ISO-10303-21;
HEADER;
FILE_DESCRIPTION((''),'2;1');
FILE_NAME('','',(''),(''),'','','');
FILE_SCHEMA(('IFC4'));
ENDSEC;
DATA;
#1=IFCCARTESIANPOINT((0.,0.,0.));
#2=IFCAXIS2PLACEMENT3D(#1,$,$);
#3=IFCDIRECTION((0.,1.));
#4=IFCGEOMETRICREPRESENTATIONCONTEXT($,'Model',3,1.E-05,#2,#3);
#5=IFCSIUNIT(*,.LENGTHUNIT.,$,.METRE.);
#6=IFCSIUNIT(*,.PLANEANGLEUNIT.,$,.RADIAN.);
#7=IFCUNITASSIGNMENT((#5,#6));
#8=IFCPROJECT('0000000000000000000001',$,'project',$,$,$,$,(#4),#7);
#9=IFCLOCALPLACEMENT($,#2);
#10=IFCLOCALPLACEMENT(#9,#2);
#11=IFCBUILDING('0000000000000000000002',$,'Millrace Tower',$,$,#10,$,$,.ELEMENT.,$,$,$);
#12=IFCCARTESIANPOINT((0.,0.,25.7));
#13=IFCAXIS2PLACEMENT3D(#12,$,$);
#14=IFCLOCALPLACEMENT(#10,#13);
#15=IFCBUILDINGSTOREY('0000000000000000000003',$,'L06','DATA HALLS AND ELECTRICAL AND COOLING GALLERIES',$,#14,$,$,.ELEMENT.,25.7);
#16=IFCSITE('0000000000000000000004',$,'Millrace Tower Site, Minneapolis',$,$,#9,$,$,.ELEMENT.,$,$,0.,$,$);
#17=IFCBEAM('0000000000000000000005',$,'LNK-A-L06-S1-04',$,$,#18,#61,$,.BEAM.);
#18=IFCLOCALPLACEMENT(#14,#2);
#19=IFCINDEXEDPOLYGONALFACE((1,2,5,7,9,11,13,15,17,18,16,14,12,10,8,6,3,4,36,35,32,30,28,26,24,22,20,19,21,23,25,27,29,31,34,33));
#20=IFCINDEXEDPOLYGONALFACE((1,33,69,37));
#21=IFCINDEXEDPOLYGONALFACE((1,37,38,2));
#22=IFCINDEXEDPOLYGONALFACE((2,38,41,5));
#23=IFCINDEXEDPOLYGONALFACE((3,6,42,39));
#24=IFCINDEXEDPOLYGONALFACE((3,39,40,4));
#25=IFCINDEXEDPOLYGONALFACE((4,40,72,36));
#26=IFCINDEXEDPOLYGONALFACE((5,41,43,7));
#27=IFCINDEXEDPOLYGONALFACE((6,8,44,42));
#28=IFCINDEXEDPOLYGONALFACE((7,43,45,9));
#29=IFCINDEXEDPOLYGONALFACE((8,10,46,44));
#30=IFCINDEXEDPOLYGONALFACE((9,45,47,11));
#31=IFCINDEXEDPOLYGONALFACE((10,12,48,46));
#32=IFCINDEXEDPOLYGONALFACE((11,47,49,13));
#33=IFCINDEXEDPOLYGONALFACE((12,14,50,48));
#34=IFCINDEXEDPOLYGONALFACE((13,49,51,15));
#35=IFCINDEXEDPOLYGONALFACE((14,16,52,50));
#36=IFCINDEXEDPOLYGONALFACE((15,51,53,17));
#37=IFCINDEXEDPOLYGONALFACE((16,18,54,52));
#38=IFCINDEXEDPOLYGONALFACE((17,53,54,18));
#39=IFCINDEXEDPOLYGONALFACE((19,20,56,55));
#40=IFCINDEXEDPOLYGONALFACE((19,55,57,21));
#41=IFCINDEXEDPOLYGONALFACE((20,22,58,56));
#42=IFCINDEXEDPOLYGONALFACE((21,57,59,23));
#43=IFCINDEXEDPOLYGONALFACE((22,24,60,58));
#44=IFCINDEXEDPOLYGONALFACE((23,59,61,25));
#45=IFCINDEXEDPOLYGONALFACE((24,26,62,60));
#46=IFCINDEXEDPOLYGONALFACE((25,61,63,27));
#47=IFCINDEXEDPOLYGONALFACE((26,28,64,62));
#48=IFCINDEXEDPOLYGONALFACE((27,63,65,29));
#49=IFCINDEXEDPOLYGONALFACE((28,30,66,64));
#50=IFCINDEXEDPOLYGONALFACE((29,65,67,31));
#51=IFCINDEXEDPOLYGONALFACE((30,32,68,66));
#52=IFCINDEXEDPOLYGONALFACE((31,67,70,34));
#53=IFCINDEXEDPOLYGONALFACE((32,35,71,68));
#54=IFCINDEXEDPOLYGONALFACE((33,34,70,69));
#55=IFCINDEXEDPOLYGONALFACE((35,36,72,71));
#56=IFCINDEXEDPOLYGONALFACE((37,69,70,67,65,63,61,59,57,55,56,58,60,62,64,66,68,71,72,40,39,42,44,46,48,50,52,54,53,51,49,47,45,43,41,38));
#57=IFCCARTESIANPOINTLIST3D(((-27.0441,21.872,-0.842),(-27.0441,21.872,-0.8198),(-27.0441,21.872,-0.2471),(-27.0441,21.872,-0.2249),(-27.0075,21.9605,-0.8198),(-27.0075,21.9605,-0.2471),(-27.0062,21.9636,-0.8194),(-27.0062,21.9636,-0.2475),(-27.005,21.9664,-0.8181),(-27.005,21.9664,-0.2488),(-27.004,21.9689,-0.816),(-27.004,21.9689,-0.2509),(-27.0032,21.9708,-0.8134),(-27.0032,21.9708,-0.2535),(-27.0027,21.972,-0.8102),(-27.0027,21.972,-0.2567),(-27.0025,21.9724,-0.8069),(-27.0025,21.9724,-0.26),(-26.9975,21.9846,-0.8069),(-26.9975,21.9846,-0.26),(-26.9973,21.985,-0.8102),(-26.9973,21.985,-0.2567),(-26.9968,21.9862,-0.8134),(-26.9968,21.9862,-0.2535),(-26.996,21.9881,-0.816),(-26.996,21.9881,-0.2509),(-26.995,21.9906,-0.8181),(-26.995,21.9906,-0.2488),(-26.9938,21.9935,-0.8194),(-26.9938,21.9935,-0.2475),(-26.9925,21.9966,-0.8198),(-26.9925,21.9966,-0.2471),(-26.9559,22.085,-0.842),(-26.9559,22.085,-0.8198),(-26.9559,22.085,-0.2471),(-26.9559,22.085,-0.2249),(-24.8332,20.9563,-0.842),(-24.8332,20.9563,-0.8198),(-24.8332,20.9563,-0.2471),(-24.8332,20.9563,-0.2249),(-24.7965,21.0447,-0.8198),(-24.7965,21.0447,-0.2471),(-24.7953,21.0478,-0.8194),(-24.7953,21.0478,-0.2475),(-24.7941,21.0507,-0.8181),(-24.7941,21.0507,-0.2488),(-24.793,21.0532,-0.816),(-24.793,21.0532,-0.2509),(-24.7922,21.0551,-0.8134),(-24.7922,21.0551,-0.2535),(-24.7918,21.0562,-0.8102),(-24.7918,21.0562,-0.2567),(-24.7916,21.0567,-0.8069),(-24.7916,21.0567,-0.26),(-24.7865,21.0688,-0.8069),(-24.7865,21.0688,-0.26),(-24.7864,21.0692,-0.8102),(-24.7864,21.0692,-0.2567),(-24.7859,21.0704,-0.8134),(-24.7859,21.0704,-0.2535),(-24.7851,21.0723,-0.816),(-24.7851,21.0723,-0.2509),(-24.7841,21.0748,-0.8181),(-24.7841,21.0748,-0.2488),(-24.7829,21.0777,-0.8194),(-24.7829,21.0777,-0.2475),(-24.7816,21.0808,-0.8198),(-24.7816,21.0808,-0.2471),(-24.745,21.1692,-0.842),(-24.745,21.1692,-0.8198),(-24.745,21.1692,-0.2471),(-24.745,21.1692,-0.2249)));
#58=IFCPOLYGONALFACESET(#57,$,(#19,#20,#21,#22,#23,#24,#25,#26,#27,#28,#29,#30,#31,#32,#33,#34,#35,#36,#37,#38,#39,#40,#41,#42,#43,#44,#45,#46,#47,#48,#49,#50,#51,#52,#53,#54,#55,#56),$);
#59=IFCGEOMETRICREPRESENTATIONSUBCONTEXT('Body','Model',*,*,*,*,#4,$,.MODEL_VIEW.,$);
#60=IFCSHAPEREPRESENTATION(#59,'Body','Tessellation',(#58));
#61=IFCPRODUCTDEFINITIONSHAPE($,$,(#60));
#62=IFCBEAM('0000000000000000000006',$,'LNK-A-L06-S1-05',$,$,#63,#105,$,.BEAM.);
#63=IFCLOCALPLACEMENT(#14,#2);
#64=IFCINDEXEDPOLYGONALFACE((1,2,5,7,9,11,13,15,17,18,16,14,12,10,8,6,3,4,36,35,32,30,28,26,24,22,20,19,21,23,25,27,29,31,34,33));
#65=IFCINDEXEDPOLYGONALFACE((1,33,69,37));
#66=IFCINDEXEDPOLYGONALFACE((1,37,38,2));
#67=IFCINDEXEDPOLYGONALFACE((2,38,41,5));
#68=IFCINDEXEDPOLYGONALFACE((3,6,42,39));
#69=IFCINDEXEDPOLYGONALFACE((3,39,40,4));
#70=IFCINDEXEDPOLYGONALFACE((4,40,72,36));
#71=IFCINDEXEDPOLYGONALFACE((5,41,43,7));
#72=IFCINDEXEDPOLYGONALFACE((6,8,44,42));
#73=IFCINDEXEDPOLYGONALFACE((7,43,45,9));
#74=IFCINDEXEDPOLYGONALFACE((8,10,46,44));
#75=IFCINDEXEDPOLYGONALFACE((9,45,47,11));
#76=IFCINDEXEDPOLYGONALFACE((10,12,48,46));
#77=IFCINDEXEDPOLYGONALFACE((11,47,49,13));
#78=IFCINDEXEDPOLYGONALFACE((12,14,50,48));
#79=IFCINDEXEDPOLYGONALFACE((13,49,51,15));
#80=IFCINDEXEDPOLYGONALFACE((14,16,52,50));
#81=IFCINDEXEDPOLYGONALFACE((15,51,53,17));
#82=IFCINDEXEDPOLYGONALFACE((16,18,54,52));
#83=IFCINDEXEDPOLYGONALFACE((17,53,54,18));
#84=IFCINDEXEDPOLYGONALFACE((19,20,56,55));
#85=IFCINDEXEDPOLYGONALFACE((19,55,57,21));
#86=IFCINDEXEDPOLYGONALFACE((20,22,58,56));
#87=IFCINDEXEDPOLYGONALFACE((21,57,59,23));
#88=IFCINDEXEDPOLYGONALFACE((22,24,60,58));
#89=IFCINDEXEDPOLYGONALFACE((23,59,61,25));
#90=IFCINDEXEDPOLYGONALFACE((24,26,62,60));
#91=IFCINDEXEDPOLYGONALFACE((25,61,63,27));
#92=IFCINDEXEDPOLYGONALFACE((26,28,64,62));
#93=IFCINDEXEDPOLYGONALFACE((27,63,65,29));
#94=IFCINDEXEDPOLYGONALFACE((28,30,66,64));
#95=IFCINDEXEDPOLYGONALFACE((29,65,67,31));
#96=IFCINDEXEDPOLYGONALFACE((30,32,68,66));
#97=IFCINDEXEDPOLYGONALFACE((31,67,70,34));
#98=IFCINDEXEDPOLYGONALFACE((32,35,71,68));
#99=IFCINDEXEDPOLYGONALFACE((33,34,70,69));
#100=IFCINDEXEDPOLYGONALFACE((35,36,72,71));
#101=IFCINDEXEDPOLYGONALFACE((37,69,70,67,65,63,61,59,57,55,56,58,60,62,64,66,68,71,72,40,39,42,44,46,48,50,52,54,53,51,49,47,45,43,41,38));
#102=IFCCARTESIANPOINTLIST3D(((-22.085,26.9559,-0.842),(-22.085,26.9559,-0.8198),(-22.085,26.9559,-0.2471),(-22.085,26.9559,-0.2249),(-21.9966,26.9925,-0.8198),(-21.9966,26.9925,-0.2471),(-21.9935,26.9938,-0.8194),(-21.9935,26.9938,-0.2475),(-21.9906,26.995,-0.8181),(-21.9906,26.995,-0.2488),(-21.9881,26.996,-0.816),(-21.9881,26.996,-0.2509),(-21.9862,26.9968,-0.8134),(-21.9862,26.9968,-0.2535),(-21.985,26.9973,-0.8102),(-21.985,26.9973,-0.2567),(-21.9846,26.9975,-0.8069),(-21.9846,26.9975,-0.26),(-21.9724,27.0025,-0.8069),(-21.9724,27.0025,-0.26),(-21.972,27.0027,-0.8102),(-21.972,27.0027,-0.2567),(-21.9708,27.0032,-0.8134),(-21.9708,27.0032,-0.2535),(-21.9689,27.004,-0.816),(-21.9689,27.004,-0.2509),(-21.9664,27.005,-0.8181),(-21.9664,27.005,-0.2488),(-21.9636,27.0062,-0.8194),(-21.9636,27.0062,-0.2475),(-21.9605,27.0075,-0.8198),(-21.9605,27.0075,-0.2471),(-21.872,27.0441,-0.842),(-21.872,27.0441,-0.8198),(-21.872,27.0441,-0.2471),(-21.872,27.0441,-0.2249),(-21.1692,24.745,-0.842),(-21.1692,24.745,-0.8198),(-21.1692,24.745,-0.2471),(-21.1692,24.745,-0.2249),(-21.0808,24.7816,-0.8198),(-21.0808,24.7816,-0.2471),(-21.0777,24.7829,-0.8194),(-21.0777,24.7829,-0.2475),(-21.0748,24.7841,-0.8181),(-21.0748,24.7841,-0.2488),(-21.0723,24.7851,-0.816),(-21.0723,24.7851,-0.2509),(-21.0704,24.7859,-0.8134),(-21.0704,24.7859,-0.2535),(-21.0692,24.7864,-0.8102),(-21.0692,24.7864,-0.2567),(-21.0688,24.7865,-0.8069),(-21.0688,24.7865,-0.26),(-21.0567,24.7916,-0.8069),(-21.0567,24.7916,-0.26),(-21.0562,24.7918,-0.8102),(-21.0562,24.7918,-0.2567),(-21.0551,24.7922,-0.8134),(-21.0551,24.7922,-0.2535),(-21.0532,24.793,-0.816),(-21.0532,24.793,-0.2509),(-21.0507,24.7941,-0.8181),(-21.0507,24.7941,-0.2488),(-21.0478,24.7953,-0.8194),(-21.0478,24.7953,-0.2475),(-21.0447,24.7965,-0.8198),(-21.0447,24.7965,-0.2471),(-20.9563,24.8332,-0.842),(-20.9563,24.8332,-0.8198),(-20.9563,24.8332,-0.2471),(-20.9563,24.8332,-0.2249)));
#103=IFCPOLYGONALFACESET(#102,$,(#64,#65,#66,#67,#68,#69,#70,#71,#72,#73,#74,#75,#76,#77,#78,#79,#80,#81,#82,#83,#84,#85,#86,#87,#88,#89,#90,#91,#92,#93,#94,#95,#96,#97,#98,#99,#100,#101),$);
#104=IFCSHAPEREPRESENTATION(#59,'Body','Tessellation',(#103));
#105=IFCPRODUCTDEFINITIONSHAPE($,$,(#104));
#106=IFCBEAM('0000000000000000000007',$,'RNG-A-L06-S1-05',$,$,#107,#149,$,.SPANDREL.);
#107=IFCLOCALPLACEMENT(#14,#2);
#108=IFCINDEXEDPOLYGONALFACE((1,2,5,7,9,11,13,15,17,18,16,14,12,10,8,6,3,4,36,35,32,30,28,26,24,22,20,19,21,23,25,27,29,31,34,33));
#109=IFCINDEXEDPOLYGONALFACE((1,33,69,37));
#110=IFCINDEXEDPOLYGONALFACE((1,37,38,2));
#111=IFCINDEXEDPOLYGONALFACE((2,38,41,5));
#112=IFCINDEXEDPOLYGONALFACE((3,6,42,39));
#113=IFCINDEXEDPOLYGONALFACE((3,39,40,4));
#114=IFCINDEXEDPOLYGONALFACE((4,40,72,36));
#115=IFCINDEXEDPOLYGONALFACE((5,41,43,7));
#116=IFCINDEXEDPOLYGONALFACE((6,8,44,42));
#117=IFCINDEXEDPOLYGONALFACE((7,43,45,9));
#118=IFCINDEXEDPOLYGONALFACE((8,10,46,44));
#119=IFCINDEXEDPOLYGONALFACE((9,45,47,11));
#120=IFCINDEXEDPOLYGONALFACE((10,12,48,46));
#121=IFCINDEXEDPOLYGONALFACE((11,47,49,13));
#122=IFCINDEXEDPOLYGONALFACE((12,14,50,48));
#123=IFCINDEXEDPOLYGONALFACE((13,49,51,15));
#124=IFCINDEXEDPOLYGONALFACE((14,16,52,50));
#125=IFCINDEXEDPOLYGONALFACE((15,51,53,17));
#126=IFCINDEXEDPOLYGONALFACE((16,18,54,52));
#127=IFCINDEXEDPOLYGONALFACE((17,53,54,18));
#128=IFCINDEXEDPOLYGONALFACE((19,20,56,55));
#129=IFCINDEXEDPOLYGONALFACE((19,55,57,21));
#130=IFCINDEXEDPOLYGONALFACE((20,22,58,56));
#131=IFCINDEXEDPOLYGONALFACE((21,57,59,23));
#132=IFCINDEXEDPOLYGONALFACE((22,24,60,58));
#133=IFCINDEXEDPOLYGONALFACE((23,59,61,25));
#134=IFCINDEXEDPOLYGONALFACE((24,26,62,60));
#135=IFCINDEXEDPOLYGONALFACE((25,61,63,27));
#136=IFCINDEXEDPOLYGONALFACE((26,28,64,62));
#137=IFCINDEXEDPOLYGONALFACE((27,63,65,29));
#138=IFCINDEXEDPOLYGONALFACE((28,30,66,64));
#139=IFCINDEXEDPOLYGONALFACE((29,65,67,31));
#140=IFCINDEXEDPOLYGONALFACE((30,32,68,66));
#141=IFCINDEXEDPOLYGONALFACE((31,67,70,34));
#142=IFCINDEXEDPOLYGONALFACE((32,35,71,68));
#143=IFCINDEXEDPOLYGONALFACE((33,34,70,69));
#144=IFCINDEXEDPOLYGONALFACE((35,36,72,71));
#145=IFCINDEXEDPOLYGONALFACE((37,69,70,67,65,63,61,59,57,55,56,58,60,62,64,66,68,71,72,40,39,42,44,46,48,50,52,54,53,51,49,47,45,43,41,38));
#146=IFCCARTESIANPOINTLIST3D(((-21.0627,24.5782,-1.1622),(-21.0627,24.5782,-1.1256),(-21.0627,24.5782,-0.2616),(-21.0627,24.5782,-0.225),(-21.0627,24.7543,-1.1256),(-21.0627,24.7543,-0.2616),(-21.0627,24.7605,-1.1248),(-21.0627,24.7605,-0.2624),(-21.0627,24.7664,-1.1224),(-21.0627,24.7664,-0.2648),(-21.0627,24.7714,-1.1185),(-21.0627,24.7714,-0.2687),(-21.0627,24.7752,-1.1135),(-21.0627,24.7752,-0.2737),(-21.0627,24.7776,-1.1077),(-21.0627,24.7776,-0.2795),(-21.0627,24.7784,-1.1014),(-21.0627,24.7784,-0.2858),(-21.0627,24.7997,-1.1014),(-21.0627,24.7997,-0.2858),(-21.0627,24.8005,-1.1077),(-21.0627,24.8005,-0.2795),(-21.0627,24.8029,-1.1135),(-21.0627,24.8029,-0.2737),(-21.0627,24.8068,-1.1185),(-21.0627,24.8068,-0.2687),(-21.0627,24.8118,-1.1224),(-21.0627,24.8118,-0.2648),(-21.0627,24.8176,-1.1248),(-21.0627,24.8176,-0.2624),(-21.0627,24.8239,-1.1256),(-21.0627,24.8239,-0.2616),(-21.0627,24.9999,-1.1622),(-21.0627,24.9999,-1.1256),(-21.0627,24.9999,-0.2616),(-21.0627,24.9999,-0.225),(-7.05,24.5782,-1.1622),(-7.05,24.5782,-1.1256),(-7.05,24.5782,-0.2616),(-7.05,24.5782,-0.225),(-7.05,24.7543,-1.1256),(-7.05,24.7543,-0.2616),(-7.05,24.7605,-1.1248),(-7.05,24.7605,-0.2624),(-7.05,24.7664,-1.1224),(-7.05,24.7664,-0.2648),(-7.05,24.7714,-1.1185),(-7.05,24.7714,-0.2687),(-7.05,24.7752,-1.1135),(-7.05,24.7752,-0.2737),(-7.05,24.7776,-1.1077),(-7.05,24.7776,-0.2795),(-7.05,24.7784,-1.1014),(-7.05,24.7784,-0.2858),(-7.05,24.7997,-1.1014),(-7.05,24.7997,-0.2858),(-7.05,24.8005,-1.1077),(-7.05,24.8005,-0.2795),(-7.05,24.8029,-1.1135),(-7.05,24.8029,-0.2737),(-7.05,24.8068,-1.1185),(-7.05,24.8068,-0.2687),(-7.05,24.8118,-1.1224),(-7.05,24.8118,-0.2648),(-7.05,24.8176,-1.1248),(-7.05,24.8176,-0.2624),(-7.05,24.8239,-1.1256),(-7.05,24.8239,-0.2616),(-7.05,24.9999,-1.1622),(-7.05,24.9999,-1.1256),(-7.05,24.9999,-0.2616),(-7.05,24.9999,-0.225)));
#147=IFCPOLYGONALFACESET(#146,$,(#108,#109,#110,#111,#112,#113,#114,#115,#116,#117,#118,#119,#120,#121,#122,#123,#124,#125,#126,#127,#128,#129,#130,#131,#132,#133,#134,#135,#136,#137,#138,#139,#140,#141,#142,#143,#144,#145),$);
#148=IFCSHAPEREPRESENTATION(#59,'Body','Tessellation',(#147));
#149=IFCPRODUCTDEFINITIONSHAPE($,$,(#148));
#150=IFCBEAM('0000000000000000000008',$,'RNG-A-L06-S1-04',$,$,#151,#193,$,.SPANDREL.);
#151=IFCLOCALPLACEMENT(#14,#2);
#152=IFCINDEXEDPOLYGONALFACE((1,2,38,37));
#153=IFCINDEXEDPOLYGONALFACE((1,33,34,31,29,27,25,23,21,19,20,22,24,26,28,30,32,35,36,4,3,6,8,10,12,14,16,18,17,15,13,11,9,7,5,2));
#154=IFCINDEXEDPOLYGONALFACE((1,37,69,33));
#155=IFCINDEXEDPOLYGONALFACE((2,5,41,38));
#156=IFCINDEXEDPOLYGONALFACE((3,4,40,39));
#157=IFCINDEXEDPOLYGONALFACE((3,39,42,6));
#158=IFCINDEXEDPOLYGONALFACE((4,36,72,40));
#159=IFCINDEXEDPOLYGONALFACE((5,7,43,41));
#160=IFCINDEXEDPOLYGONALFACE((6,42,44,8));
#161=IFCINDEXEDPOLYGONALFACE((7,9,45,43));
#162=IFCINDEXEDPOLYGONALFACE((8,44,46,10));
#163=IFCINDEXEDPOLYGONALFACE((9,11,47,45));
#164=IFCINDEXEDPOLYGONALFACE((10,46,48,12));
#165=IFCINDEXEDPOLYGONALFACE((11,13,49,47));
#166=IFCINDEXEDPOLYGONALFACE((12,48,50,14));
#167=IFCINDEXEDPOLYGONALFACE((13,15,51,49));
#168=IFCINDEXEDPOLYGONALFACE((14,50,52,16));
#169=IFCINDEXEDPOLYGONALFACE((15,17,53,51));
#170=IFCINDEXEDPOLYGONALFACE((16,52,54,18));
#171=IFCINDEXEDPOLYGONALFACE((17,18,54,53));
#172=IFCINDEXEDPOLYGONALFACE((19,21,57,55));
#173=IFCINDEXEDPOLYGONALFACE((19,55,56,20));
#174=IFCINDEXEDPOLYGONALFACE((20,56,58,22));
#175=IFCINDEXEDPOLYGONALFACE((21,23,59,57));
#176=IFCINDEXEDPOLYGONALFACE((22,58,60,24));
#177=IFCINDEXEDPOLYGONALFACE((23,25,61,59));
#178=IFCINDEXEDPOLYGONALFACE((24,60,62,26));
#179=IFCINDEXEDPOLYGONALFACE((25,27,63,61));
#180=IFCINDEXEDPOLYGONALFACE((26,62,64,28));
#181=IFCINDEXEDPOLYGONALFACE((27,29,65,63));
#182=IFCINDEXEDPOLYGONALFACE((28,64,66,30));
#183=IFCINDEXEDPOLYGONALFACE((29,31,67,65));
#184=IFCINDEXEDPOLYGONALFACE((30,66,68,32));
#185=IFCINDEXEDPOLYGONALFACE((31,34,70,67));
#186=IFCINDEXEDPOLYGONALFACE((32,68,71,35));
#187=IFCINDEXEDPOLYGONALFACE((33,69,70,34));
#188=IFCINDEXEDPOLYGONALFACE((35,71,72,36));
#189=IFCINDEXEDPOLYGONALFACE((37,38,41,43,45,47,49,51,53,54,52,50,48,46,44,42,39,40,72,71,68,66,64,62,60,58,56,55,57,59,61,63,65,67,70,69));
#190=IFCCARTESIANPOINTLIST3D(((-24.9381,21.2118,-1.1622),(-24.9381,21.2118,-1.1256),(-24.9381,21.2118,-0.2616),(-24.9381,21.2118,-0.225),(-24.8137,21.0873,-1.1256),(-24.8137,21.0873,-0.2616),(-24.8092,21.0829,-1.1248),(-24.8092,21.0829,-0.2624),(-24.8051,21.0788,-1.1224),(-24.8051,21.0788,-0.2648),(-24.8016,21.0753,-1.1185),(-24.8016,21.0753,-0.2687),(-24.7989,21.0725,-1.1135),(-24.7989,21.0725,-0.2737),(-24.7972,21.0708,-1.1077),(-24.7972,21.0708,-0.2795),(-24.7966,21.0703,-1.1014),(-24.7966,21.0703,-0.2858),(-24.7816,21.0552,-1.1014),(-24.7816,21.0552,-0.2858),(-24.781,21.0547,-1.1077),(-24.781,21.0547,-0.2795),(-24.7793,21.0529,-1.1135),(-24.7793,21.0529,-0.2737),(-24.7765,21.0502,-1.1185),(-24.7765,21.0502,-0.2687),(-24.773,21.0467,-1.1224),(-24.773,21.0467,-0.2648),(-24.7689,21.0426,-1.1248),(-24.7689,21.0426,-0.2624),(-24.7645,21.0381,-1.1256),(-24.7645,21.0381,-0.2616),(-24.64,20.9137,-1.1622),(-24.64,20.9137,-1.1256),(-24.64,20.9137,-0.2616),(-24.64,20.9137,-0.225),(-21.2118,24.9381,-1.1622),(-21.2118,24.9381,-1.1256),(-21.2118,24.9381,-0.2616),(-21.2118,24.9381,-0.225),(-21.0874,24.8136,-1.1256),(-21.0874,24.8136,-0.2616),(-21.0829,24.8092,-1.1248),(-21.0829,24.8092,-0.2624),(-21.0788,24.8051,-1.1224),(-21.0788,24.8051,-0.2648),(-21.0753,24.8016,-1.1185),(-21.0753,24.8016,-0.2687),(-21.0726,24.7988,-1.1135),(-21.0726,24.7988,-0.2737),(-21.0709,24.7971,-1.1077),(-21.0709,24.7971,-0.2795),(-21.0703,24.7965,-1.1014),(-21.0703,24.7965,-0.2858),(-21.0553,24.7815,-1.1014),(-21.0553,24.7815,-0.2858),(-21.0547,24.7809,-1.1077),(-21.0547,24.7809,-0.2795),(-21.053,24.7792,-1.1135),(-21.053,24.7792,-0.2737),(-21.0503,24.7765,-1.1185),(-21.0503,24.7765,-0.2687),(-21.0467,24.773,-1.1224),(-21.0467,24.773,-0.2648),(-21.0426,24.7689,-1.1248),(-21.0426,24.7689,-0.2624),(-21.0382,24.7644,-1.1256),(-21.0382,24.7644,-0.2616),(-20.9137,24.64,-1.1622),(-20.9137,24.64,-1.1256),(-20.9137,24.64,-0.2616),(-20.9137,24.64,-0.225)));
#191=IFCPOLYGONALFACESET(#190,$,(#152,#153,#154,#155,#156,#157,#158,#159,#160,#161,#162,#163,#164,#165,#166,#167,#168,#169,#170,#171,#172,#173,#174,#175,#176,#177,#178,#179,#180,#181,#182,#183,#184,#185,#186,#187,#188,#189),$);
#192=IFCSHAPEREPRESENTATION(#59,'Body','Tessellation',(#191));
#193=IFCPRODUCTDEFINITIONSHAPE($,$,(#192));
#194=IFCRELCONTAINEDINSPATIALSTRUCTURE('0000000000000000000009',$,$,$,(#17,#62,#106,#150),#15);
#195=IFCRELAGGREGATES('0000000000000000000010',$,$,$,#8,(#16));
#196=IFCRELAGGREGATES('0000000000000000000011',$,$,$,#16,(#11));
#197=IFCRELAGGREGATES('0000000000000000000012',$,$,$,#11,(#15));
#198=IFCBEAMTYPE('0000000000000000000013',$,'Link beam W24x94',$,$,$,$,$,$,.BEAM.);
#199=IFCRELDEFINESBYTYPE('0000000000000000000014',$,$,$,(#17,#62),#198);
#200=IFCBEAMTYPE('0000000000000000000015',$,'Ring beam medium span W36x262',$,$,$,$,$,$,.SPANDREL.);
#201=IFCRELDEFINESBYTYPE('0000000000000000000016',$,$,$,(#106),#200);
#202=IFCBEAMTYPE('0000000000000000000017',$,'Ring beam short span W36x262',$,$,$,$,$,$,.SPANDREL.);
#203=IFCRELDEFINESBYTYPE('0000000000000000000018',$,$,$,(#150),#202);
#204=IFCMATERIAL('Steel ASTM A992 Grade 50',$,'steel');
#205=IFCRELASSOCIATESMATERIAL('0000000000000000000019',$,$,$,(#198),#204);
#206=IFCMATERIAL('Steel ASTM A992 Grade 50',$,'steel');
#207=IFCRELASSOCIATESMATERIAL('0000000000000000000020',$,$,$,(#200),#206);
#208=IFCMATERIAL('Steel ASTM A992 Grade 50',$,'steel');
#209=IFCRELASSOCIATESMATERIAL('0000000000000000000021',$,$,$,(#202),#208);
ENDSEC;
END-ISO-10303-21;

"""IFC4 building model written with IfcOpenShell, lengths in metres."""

from ifc_helpers import new_model, si_unit, direction, frame, origin, origin_2d, place, context, subcontext, project, spatial, i_section, extrude, material, material_profile, profile_set, type_object, element, save


model = new_model("IFC4")

# Units and contexts
model_context = context("Model", 3, precision=1e-05, world=origin(), true_north=direction((0.0, 1.0)))
body_context = subcontext(model_context, "Body", "Model", "MODEL_VIEW")
ifc_project = project(units=[si_unit("LENGTHUNIT", "METRE"), si_unit("PLANEANGLEUNIT", "RADIAN")], contexts=[model_context])

# Site, building, storey
site_placement = place(None, origin())
site = spatial("IfcSite", under=ifc_project, at=site_placement, Name="Millrace Tower Site, Minneapolis", CompositionType="ELEMENT", RefElevation=0.0)
building_placement = place(site_placement, origin())
building = spatial("IfcBuilding", under=site, at=building_placement, Name="Millrace Tower", CompositionType="ELEMENT")
storey_placement = place(building_placement, frame((0.0, 0.0, 25.7)))
storey = spatial("IfcBuildingStorey", under=building, at=storey_placement, Name="L06", Description="DATA HALLS AND ELECTRICAL AND COOLING GALLERIES", CompositionType="ELEMENT", Elevation=25.7)

# Beams
ifc_material_1 = material(Name="Steel ASTM A992 Grade 50", Category="steel")
ifc_material_profile_1 = material_profile(ifc_material_1, i_section(OverallWidth=0.2305, OverallDepth=0.6172, WebThickness=0.0132, FlangeThickness=0.0222, FilletRadius=0.0129, at=origin_2d()))
ifc_profile_set_1 = profile_set([ifc_material_profile_1], Name="Steel ASTM A992 Grade 50")
beam_type_1 = type_object("IfcBeamType", Name="Link beam W24x94", PredefinedType="BEAM", material=ifc_profile_set_1)
for number, where, z_axis, x_axis, name in (
    (1, (-24.7891, 21.0627, -0.5334), (-0.923884, 0.382673, 0.0), (-0.382673, -0.923884, 0.0), "LNK-A-L06-S1-04"),
    (2, (-21.0627, 24.7891, -0.5334), (-0.382673, 0.923884, 0.0), (-0.923884, -0.382673, 0.0), "LNK-A-L06-S1-05"),
):
    element("IfcBeam", number, at=place(storey_placement, frame(where, z_axis=z_axis, x_axis=x_axis)), inside=storey, type_object=beam_type_1, Name=name, PredefinedType="BEAM", context=body_context, shape_type="SweptSolid", body=[
        extrude(i_section(OverallWidth=0.2305, OverallDepth=0.6172, WebThickness=0.0132, FlangeThickness=0.0222, FilletRadius=0.0129, at=origin_2d()), origin(), (0.0, 0.0, 1.0), 2.3931),
    ])
ifc_material_2 = material(Name="Steel ASTM A992 Grade 50", Category="steel")
ifc_material_profile_2 = material_profile(ifc_material_2, i_section(OverallWidth=0.4216, OverallDepth=0.9373, WebThickness=0.0212, FlangeThickness=0.0366, FilletRadius=0.0242, at=origin_2d()))
ifc_profile_set_2 = profile_set([ifc_material_profile_2], Name="Steel ASTM A992 Grade 50")
beam_type_2 = type_object("IfcBeamType", Name="Ring beam medium span W36x262", PredefinedType="SPANDREL", material=ifc_profile_set_2)
beam_1_placement = place(storey_placement, frame((-21.0627, 24.7891, -0.6936), z_axis=(1.0, 0.0, 0.0), x_axis=(0.0, 1.0, 0.0)))
element("IfcBeam", 3, at=beam_1_placement, inside=storey, type_object=beam_type_2, Name="RNG-A-L06-S1-05", PredefinedType="SPANDREL", context=body_context, shape_type="SweptSolid", body=[
    extrude(i_section(OverallWidth=0.4216, OverallDepth=0.9373, WebThickness=0.0212, FlangeThickness=0.0366, FilletRadius=0.0242, at=origin_2d()), origin(), (0.0, 0.0, 1.0), 14.0127),
])
ifc_material_3 = material(Name="Steel ASTM A992 Grade 50", Category="steel")
ifc_material_profile_3 = material_profile(ifc_material_3, i_section(OverallWidth=0.4216, OverallDepth=0.9373, WebThickness=0.0212, FlangeThickness=0.0366, FilletRadius=0.0242, at=origin_2d()))
ifc_profile_set_3 = profile_set([ifc_material_profile_3], Name="Steel ASTM A992 Grade 50")
beam_type_3 = type_object("IfcBeamType", Name="Ring beam short span W36x262", PredefinedType="SPANDREL", material=ifc_profile_set_3)
beam_2_placement = place(storey_placement, frame((-24.7891, 21.0627, -0.6936), z_axis=(0.707107, 0.707107, 0.0), x_axis=(-0.707107, 0.707107, 0.0)))
element("IfcBeam", 4, at=beam_2_placement, inside=storey, type_object=beam_type_3, Name="RNG-A-L06-S1-04", PredefinedType="SPANDREL", context=body_context, shape_type="SweptSolid", body=[
    extrude(i_section(OverallWidth=0.4216, OverallDepth=0.9373, WebThickness=0.0212, FlangeThickness=0.0366, FilletRadius=0.0242, at=origin_2d()), origin(), (0.0, 0.0, 1.0), 5.2698),
])

save(model, "model.ifc")
